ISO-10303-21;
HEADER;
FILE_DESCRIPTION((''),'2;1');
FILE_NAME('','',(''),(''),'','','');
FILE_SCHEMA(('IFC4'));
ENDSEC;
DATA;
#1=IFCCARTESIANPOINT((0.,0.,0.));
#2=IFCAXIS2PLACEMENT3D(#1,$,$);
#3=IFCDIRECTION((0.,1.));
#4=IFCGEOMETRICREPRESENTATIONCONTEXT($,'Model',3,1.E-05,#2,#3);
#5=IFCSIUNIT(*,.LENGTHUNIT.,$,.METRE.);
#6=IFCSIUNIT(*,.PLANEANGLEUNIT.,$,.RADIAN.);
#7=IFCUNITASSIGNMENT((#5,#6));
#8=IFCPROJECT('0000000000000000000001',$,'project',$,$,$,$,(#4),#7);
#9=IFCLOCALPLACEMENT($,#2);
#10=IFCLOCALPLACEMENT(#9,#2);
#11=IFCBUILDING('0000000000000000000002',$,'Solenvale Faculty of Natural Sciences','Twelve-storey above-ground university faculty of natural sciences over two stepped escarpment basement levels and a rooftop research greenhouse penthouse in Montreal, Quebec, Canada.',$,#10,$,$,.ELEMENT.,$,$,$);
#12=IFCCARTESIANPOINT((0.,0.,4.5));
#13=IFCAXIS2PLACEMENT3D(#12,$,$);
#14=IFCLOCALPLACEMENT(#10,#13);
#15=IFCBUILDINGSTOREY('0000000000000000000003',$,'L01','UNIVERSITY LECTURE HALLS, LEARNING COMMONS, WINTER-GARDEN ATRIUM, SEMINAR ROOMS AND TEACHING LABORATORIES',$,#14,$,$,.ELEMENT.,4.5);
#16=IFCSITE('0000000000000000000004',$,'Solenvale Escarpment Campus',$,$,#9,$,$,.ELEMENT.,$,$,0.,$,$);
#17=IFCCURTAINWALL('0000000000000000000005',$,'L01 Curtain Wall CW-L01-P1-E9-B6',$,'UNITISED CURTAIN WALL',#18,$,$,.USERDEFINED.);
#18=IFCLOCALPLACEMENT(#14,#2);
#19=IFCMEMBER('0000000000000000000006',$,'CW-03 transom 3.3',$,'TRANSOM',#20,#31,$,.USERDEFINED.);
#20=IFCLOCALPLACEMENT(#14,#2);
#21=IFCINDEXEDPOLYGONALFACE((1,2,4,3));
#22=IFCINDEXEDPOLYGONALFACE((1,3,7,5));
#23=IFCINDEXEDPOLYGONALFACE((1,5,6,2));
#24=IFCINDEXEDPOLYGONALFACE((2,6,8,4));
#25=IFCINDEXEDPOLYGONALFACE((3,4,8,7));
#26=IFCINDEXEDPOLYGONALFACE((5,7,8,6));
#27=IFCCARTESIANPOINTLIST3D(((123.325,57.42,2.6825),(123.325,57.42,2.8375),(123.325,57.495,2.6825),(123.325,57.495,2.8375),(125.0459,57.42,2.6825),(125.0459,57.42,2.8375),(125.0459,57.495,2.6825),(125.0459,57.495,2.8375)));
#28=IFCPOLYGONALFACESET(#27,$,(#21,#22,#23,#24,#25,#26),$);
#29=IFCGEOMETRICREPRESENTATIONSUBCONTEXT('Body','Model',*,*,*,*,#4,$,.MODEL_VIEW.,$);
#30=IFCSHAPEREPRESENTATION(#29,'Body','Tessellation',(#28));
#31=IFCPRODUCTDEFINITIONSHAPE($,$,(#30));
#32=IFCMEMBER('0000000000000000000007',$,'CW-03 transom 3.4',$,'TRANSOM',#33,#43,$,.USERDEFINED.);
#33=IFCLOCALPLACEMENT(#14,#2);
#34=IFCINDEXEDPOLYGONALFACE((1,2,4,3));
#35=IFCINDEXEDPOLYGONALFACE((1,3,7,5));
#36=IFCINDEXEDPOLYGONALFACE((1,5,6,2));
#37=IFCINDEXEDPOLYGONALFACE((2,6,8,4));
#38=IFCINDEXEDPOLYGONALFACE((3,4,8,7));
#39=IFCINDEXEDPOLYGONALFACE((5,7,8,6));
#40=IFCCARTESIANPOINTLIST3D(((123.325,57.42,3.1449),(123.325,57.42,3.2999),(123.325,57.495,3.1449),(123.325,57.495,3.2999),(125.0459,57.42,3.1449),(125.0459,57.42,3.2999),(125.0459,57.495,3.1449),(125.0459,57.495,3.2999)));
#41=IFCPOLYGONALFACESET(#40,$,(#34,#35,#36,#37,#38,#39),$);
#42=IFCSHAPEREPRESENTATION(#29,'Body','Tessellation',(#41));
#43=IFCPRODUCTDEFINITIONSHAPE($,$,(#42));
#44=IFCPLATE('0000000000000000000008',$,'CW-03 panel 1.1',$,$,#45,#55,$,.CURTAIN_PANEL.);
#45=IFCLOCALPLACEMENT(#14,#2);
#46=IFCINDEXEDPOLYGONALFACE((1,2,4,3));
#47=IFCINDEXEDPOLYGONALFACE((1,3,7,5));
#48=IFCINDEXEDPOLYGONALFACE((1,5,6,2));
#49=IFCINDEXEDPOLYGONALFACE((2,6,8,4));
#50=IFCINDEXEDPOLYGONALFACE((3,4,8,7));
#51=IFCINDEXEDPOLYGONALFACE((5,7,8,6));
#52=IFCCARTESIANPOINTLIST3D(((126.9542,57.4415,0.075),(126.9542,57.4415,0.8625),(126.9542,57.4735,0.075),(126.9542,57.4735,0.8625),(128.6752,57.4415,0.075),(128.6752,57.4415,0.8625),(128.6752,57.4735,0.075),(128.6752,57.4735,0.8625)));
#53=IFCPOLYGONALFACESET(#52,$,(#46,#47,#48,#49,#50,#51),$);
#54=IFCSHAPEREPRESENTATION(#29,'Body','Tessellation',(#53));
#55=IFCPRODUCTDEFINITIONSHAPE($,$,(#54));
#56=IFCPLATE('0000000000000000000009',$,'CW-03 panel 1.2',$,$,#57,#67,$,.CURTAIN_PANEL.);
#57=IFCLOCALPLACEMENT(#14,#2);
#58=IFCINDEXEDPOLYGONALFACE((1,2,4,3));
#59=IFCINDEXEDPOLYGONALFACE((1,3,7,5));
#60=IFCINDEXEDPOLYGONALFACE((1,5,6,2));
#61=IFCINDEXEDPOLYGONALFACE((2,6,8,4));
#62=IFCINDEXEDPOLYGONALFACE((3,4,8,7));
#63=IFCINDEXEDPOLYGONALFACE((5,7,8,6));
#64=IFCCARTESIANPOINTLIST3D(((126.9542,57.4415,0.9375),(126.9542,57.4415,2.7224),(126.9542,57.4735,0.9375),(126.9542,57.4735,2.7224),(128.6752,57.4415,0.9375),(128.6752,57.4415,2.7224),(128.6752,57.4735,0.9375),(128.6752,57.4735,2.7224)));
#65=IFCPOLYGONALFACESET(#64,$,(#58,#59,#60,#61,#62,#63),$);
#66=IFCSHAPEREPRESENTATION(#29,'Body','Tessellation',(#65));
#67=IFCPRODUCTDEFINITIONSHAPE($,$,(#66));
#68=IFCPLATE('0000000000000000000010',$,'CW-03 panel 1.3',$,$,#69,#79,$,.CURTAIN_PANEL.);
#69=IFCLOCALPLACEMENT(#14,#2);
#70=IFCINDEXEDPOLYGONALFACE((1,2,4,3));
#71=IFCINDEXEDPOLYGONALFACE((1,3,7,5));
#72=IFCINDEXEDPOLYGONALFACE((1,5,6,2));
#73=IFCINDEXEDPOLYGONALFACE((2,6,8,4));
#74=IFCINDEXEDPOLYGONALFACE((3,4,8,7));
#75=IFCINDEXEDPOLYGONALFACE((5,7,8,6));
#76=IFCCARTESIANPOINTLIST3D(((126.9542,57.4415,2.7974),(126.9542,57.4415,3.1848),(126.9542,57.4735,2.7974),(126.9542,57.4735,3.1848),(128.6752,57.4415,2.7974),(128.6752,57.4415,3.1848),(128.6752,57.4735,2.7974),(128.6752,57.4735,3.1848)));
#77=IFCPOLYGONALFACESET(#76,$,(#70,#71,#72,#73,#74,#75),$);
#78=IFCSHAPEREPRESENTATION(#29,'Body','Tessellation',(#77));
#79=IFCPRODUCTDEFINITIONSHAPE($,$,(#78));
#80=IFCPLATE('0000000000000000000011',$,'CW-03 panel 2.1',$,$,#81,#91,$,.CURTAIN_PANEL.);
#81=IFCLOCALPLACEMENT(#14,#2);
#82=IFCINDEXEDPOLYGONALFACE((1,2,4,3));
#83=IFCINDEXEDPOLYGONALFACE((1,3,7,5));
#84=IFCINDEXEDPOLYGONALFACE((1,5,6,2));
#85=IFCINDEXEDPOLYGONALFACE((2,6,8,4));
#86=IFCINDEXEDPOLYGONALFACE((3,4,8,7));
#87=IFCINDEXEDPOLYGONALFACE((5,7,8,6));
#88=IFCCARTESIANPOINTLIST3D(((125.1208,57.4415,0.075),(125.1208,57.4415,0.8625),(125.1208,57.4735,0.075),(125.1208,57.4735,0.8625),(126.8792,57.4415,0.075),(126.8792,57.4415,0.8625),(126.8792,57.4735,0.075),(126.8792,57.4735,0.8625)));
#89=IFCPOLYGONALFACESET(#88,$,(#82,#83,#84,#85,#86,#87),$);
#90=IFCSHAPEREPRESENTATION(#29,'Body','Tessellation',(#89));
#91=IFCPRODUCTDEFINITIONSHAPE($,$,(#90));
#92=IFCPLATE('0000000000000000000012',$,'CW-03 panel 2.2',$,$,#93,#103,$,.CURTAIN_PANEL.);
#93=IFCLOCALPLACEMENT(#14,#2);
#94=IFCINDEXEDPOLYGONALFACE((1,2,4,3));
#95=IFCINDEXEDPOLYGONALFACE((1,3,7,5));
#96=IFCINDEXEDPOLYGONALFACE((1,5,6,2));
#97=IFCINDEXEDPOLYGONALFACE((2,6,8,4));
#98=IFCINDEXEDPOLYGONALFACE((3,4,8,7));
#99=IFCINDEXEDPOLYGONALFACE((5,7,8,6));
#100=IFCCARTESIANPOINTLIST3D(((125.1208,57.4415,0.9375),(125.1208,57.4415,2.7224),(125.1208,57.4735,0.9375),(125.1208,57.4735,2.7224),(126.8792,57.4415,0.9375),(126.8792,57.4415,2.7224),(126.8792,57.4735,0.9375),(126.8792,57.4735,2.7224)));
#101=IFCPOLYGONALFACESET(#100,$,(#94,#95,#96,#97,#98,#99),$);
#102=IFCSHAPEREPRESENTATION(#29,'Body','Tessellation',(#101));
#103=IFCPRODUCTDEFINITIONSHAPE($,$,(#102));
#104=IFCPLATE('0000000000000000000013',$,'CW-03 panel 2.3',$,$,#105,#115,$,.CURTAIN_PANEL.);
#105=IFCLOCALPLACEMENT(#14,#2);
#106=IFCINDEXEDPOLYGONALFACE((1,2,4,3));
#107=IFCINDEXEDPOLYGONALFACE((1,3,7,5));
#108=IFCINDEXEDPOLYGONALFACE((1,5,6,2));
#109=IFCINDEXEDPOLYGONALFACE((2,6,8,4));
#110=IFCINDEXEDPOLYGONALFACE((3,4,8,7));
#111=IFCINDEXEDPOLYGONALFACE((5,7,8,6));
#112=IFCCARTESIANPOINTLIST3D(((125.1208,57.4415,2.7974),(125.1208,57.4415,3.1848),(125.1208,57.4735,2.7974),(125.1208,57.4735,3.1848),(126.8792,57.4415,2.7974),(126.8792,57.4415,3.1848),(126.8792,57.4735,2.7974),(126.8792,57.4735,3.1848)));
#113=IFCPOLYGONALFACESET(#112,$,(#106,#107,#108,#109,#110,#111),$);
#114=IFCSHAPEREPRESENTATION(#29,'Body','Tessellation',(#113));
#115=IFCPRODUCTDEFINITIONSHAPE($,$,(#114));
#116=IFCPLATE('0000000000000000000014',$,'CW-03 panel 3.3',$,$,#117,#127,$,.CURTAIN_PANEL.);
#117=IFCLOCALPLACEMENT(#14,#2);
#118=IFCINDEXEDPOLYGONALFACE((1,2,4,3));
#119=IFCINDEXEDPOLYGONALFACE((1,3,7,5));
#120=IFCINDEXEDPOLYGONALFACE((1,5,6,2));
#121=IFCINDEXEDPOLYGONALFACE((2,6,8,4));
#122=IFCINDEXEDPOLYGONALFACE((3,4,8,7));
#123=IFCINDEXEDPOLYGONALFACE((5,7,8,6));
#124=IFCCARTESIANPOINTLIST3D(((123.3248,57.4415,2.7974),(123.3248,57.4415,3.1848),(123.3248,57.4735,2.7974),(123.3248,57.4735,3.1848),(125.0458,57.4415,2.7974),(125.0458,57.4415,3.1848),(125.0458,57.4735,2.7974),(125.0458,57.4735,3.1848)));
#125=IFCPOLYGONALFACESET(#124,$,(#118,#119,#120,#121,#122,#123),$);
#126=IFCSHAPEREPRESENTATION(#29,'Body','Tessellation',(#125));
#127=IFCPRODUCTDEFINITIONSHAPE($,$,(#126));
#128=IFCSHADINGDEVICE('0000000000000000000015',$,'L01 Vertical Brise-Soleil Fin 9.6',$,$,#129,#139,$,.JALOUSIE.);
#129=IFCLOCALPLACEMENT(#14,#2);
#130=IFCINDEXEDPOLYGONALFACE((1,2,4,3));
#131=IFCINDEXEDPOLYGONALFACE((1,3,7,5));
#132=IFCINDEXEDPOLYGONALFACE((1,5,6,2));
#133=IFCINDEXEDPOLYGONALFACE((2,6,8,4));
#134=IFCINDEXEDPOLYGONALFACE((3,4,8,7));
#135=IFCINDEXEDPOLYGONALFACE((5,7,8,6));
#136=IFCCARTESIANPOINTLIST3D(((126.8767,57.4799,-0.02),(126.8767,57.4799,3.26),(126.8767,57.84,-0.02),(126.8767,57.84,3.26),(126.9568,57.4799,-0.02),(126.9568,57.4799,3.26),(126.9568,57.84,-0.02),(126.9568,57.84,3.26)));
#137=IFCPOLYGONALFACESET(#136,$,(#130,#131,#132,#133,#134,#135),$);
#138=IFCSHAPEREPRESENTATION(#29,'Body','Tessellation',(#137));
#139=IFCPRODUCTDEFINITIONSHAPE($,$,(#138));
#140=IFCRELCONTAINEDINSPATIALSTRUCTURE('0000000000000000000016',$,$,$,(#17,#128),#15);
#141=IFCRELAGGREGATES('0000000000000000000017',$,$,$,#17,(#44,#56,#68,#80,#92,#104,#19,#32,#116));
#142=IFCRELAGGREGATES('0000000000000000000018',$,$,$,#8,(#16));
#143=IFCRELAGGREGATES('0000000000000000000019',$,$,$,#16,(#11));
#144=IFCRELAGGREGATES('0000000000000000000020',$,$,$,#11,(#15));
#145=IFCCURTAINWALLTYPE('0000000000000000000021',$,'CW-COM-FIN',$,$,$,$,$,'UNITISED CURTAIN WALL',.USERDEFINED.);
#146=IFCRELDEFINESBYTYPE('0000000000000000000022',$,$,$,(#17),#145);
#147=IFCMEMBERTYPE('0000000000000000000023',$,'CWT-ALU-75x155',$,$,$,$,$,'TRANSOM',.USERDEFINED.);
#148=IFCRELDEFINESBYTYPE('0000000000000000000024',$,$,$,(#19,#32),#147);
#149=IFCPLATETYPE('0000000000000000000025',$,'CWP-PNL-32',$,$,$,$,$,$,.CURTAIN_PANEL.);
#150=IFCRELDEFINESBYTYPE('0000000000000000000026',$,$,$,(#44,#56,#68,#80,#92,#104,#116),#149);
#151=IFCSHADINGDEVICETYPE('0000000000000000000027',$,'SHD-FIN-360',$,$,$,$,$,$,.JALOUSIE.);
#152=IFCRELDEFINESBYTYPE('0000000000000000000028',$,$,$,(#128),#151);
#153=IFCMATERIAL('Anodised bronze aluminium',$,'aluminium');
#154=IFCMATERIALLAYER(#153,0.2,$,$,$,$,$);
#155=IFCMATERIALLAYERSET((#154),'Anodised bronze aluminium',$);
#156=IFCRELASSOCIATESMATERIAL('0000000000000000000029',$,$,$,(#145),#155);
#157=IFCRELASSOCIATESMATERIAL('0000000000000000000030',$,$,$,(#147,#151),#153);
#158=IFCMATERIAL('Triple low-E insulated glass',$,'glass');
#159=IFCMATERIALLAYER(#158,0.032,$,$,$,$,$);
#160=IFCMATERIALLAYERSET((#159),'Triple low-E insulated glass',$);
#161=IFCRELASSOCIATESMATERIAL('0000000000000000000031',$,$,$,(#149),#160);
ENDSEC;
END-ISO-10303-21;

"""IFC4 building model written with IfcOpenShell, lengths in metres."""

from ifc_helpers import new_model, si_unit, direction, frame, origin, origin_2d, place, context, subcontext, project, spatial, rectangle, extrude, material, layer, layer_set, material_profile, profile_set, type_object, element, aggregate, save


model = new_model("IFC4")

# Units and contexts
model_context = context("Model", 3, precision=1e-05, world=origin(), true_north=direction((0.0, 1.0)))
body_context = subcontext(model_context, "Body", "Model", "MODEL_VIEW")
ifc_project = project(units=[si_unit("LENGTHUNIT", "METRE"), si_unit("PLANEANGLEUNIT", "RADIAN")], contexts=[model_context])

# Site, building, storey
site_placement = place(None, origin())
site = spatial("IfcSite", under=ifc_project, at=site_placement, Name="Solenvale Escarpment Campus", CompositionType="ELEMENT", RefElevation=0.0)
building_placement = place(site_placement, origin())
building = spatial("IfcBuilding", under=site, at=building_placement, Name="Solenvale Faculty of Natural Sciences", Description="Twelve-storey above-ground university faculty of natural sciences over two stepped escarpment basement levels and a rooftop research greenhouse penthouse in Montreal, Quebec, Canada.", CompositionType="ELEMENT")
storey_placement = place(building_placement, frame((0.0, 0.0, 4.5)))
storey = spatial("IfcBuildingStorey", under=building, at=storey_placement, Name="L01", Description="UNIVERSITY LECTURE HALLS, LEARNING COMMONS, WINTER-GARDEN ATRIUM, SEMINAR ROOMS AND TEACHING LABORATORIES", CompositionType="ELEMENT", Elevation=4.5)

# Curtain wall, members, plates
ifc_material_1 = material(Name="Anodised bronze aluminium", Category="aluminium")
ifc_layer_1 = layer(ifc_material_1, 0.2)
ifc_layer_set_1 = layer_set([ifc_layer_1], Name="Anodised bronze aluminium")
curtain_wall_type = type_object("IfcCurtainWallType", Name="CW-COM-FIN", ElementType="UNITISED CURTAIN WALL", PredefinedType="USERDEFINED", material=ifc_layer_set_1)
curtain_wall_placement = place(storey_placement, origin())
curtain_wall = element("IfcCurtainWall", 1, at=curtain_wall_placement, inside=storey, type_object=curtain_wall_type, Name="L01 Curtain Wall CW-L01-P1-E9-B6", ObjectType="UNITISED CURTAIN WALL", PredefinedType="USERDEFINED")
ifc_material_profile_1 = material_profile(ifc_material_1, rectangle(XDim=0.075, YDim=0.155, at=origin_2d()), Name="ALU-TRN-75x155")
ifc_profile_set_1 = profile_set([ifc_material_profile_1], Name="Anodised bronze aluminium")
member_type_1 = type_object("IfcMemberType", Name="CWT-ALU-75x155", ElementType="TRANSOM", PredefinedType="USERDEFINED", material=ifc_profile_set_1)
member_1_placement = place(storey_placement, frame((125.0459, 57.4575, 2.76), z_axis=(-1.0, 0.0, 0.0), x_axis=(0.0, -1.0, 0.0)))
member_1 = element("IfcMember", 2, at=member_1_placement, type_object=member_type_1, Name="CW-03 transom 3.3", ObjectType="TRANSOM", PredefinedType="USERDEFINED", context=body_context, shape_type="SweptSolid", body=[
    extrude(rectangle(XDim=0.075, YDim=0.155, at=origin_2d()), origin(), (0.0, 0.0, 1.0), 1.7209),
])
member_2_placement = place(storey_placement, frame((125.0459, 57.4575, 3.2224), z_axis=(-1.0, 0.0, 0.0), x_axis=(0.0, -1.0, 0.0)))
member_2 = element("IfcMember", 3, at=member_2_placement, type_object=member_type_1, Name="CW-03 transom 3.4", ObjectType="TRANSOM", PredefinedType="USERDEFINED", context=body_context, shape_type="SweptSolid", body=[
    extrude(rectangle(XDim=0.075, YDim=0.155, at=origin_2d()), origin(), (0.0, 0.0, 1.0), 1.7209),
])
ifc_material_2 = material(Name="Triple low-E insulated glass", Category="glass")
ifc_layer_2 = layer(ifc_material_2, 0.032)
ifc_layer_set_2 = layer_set([ifc_layer_2], Name="Triple low-E insulated glass")
plate_type = type_object("IfcPlateType", Name="CWP-PNL-32", PredefinedType="CURTAIN_PANEL", material=ifc_layer_set_2)
plate_1_placement = place(storey_placement, frame((127.8147, 57.4575, 0.075), z_axis=(0.0, 0.0, 1.0), x_axis=(-1.0, 0.0, 0.0)))
plate_1 = element("IfcPlate", 4, at=plate_1_placement, type_object=plate_type, Name="CW-03 panel 1.1", PredefinedType="CURTAIN_PANEL", context=body_context, shape_type="SweptSolid", body=[
    extrude(rectangle(XDim=1.7209, YDim=0.032, at=origin_2d()), origin(), (0.0, 0.0, 1.0), 0.7876),
])
plate_2_placement = place(storey_placement, frame((127.8147, 57.4575, 0.9375), z_axis=(0.0, 0.0, 1.0), x_axis=(-1.0, 0.0, 0.0)))
plate_2 = element("IfcPlate", 5, at=plate_2_placement, type_object=plate_type, Name="CW-03 panel 1.2", PredefinedType="CURTAIN_PANEL", context=body_context, shape_type="SweptSolid", body=[
    extrude(rectangle(XDim=1.7209, YDim=0.032, at=origin_2d()), origin(), (0.0, 0.0, 1.0), 1.7849),
])
plate_3_placement = place(storey_placement, frame((127.8147, 57.4575, 2.7974), z_axis=(0.0, 0.0, 1.0), x_axis=(-1.0, 0.0, 0.0)))
plate_3 = element("IfcPlate", 6, at=plate_3_placement, type_object=plate_type, Name="CW-03 panel 1.3", PredefinedType="CURTAIN_PANEL", context=body_context, shape_type="SweptSolid", body=[
    extrude(rectangle(XDim=1.7209, YDim=0.032, at=origin_2d()), origin(), (0.0, 0.0, 1.0), 0.3875),
])
plate_4_placement = place(storey_placement, frame((126.0, 57.4575, 0.075), z_axis=(0.0, 0.0, 1.0), x_axis=(-1.0, 0.0, 0.0)))
plate_4 = element("IfcPlate", 7, at=plate_4_placement, type_object=plate_type, Name="CW-03 panel 2.1", PredefinedType="CURTAIN_PANEL", context=body_context, shape_type="SweptSolid", body=[
    extrude(rectangle(XDim=1.7583, YDim=0.032, at=origin_2d()), origin(), (0.0, 0.0, 1.0), 0.7876),
])
plate_5_placement = place(storey_placement, frame((126.0, 57.4575, 0.9375), z_axis=(0.0, 0.0, 1.0), x_axis=(-1.0, 0.0, 0.0)))
plate_5 = element("IfcPlate", 8, at=plate_5_placement, type_object=plate_type, Name="CW-03 panel 2.2", PredefinedType="CURTAIN_PANEL", context=body_context, shape_type="SweptSolid", body=[
    extrude(rectangle(XDim=1.7583, YDim=0.032, at=origin_2d()), origin(), (0.0, 0.0, 1.0), 1.7849),
])
plate_6_placement = place(storey_placement, frame((126.0, 57.4575, 2.7974), z_axis=(0.0, 0.0, 1.0), x_axis=(-1.0, 0.0, 0.0)))
plate_6 = element("IfcPlate", 9, at=plate_6_placement, type_object=plate_type, Name="CW-03 panel 2.3", PredefinedType="CURTAIN_PANEL", context=body_context, shape_type="SweptSolid", body=[
    extrude(rectangle(XDim=1.7583, YDim=0.032, at=origin_2d()), origin(), (0.0, 0.0, 1.0), 0.3875),
])
plate_7_placement = place(storey_placement, frame((124.1853, 57.4575, 2.7974), z_axis=(0.0, 0.0, 1.0), x_axis=(-1.0, 0.0, 0.0)))
plate_7 = element("IfcPlate", 10, at=plate_7_placement, type_object=plate_type, Name="CW-03 panel 3.3", PredefinedType="CURTAIN_PANEL", context=body_context, shape_type="SweptSolid", body=[
    extrude(rectangle(XDim=1.7209, YDim=0.032, at=origin_2d()), origin(), (0.0, 0.0, 1.0), 0.3875),
])
aggregate(curtain_wall, [plate_1, plate_2, plate_3, plate_4, plate_5, plate_6, member_1, member_2, plate_7])

# Shading device
ifc_material_profile_2 = material_profile(ifc_material_1, rectangle(XDim=0.0801, YDim=0.3601, at=origin_2d()), Name="ALU-FIN-80x360")
ifc_profile_set_2 = profile_set([ifc_material_profile_2], Name="Anodised bronze aluminium")
shading_device_type = type_object("IfcShadingDeviceType", Name="SHD-FIN-360", PredefinedType="JALOUSIE", material=ifc_profile_set_2)
shading_device_placement = place(storey_placement, frame((126.9167, 57.6599, -0.02), z_axis=(0.0, 0.0, 1.0), x_axis=(1.0, 0.0, 0.0)))
element("IfcShadingDevice", 11, at=shading_device_placement, inside=storey, type_object=shading_device_type, Name="L01 Vertical Brise-Soleil Fin 9.6", PredefinedType="JALOUSIE", context=body_context, shape_type="SweptSolid", body=[
    extrude(rectangle(XDim=0.0801, YDim=0.3601, at=origin_2d()), origin(), (0.0, 0.0, 1.0), 3.28),
])

save(model, "model.ifc")
